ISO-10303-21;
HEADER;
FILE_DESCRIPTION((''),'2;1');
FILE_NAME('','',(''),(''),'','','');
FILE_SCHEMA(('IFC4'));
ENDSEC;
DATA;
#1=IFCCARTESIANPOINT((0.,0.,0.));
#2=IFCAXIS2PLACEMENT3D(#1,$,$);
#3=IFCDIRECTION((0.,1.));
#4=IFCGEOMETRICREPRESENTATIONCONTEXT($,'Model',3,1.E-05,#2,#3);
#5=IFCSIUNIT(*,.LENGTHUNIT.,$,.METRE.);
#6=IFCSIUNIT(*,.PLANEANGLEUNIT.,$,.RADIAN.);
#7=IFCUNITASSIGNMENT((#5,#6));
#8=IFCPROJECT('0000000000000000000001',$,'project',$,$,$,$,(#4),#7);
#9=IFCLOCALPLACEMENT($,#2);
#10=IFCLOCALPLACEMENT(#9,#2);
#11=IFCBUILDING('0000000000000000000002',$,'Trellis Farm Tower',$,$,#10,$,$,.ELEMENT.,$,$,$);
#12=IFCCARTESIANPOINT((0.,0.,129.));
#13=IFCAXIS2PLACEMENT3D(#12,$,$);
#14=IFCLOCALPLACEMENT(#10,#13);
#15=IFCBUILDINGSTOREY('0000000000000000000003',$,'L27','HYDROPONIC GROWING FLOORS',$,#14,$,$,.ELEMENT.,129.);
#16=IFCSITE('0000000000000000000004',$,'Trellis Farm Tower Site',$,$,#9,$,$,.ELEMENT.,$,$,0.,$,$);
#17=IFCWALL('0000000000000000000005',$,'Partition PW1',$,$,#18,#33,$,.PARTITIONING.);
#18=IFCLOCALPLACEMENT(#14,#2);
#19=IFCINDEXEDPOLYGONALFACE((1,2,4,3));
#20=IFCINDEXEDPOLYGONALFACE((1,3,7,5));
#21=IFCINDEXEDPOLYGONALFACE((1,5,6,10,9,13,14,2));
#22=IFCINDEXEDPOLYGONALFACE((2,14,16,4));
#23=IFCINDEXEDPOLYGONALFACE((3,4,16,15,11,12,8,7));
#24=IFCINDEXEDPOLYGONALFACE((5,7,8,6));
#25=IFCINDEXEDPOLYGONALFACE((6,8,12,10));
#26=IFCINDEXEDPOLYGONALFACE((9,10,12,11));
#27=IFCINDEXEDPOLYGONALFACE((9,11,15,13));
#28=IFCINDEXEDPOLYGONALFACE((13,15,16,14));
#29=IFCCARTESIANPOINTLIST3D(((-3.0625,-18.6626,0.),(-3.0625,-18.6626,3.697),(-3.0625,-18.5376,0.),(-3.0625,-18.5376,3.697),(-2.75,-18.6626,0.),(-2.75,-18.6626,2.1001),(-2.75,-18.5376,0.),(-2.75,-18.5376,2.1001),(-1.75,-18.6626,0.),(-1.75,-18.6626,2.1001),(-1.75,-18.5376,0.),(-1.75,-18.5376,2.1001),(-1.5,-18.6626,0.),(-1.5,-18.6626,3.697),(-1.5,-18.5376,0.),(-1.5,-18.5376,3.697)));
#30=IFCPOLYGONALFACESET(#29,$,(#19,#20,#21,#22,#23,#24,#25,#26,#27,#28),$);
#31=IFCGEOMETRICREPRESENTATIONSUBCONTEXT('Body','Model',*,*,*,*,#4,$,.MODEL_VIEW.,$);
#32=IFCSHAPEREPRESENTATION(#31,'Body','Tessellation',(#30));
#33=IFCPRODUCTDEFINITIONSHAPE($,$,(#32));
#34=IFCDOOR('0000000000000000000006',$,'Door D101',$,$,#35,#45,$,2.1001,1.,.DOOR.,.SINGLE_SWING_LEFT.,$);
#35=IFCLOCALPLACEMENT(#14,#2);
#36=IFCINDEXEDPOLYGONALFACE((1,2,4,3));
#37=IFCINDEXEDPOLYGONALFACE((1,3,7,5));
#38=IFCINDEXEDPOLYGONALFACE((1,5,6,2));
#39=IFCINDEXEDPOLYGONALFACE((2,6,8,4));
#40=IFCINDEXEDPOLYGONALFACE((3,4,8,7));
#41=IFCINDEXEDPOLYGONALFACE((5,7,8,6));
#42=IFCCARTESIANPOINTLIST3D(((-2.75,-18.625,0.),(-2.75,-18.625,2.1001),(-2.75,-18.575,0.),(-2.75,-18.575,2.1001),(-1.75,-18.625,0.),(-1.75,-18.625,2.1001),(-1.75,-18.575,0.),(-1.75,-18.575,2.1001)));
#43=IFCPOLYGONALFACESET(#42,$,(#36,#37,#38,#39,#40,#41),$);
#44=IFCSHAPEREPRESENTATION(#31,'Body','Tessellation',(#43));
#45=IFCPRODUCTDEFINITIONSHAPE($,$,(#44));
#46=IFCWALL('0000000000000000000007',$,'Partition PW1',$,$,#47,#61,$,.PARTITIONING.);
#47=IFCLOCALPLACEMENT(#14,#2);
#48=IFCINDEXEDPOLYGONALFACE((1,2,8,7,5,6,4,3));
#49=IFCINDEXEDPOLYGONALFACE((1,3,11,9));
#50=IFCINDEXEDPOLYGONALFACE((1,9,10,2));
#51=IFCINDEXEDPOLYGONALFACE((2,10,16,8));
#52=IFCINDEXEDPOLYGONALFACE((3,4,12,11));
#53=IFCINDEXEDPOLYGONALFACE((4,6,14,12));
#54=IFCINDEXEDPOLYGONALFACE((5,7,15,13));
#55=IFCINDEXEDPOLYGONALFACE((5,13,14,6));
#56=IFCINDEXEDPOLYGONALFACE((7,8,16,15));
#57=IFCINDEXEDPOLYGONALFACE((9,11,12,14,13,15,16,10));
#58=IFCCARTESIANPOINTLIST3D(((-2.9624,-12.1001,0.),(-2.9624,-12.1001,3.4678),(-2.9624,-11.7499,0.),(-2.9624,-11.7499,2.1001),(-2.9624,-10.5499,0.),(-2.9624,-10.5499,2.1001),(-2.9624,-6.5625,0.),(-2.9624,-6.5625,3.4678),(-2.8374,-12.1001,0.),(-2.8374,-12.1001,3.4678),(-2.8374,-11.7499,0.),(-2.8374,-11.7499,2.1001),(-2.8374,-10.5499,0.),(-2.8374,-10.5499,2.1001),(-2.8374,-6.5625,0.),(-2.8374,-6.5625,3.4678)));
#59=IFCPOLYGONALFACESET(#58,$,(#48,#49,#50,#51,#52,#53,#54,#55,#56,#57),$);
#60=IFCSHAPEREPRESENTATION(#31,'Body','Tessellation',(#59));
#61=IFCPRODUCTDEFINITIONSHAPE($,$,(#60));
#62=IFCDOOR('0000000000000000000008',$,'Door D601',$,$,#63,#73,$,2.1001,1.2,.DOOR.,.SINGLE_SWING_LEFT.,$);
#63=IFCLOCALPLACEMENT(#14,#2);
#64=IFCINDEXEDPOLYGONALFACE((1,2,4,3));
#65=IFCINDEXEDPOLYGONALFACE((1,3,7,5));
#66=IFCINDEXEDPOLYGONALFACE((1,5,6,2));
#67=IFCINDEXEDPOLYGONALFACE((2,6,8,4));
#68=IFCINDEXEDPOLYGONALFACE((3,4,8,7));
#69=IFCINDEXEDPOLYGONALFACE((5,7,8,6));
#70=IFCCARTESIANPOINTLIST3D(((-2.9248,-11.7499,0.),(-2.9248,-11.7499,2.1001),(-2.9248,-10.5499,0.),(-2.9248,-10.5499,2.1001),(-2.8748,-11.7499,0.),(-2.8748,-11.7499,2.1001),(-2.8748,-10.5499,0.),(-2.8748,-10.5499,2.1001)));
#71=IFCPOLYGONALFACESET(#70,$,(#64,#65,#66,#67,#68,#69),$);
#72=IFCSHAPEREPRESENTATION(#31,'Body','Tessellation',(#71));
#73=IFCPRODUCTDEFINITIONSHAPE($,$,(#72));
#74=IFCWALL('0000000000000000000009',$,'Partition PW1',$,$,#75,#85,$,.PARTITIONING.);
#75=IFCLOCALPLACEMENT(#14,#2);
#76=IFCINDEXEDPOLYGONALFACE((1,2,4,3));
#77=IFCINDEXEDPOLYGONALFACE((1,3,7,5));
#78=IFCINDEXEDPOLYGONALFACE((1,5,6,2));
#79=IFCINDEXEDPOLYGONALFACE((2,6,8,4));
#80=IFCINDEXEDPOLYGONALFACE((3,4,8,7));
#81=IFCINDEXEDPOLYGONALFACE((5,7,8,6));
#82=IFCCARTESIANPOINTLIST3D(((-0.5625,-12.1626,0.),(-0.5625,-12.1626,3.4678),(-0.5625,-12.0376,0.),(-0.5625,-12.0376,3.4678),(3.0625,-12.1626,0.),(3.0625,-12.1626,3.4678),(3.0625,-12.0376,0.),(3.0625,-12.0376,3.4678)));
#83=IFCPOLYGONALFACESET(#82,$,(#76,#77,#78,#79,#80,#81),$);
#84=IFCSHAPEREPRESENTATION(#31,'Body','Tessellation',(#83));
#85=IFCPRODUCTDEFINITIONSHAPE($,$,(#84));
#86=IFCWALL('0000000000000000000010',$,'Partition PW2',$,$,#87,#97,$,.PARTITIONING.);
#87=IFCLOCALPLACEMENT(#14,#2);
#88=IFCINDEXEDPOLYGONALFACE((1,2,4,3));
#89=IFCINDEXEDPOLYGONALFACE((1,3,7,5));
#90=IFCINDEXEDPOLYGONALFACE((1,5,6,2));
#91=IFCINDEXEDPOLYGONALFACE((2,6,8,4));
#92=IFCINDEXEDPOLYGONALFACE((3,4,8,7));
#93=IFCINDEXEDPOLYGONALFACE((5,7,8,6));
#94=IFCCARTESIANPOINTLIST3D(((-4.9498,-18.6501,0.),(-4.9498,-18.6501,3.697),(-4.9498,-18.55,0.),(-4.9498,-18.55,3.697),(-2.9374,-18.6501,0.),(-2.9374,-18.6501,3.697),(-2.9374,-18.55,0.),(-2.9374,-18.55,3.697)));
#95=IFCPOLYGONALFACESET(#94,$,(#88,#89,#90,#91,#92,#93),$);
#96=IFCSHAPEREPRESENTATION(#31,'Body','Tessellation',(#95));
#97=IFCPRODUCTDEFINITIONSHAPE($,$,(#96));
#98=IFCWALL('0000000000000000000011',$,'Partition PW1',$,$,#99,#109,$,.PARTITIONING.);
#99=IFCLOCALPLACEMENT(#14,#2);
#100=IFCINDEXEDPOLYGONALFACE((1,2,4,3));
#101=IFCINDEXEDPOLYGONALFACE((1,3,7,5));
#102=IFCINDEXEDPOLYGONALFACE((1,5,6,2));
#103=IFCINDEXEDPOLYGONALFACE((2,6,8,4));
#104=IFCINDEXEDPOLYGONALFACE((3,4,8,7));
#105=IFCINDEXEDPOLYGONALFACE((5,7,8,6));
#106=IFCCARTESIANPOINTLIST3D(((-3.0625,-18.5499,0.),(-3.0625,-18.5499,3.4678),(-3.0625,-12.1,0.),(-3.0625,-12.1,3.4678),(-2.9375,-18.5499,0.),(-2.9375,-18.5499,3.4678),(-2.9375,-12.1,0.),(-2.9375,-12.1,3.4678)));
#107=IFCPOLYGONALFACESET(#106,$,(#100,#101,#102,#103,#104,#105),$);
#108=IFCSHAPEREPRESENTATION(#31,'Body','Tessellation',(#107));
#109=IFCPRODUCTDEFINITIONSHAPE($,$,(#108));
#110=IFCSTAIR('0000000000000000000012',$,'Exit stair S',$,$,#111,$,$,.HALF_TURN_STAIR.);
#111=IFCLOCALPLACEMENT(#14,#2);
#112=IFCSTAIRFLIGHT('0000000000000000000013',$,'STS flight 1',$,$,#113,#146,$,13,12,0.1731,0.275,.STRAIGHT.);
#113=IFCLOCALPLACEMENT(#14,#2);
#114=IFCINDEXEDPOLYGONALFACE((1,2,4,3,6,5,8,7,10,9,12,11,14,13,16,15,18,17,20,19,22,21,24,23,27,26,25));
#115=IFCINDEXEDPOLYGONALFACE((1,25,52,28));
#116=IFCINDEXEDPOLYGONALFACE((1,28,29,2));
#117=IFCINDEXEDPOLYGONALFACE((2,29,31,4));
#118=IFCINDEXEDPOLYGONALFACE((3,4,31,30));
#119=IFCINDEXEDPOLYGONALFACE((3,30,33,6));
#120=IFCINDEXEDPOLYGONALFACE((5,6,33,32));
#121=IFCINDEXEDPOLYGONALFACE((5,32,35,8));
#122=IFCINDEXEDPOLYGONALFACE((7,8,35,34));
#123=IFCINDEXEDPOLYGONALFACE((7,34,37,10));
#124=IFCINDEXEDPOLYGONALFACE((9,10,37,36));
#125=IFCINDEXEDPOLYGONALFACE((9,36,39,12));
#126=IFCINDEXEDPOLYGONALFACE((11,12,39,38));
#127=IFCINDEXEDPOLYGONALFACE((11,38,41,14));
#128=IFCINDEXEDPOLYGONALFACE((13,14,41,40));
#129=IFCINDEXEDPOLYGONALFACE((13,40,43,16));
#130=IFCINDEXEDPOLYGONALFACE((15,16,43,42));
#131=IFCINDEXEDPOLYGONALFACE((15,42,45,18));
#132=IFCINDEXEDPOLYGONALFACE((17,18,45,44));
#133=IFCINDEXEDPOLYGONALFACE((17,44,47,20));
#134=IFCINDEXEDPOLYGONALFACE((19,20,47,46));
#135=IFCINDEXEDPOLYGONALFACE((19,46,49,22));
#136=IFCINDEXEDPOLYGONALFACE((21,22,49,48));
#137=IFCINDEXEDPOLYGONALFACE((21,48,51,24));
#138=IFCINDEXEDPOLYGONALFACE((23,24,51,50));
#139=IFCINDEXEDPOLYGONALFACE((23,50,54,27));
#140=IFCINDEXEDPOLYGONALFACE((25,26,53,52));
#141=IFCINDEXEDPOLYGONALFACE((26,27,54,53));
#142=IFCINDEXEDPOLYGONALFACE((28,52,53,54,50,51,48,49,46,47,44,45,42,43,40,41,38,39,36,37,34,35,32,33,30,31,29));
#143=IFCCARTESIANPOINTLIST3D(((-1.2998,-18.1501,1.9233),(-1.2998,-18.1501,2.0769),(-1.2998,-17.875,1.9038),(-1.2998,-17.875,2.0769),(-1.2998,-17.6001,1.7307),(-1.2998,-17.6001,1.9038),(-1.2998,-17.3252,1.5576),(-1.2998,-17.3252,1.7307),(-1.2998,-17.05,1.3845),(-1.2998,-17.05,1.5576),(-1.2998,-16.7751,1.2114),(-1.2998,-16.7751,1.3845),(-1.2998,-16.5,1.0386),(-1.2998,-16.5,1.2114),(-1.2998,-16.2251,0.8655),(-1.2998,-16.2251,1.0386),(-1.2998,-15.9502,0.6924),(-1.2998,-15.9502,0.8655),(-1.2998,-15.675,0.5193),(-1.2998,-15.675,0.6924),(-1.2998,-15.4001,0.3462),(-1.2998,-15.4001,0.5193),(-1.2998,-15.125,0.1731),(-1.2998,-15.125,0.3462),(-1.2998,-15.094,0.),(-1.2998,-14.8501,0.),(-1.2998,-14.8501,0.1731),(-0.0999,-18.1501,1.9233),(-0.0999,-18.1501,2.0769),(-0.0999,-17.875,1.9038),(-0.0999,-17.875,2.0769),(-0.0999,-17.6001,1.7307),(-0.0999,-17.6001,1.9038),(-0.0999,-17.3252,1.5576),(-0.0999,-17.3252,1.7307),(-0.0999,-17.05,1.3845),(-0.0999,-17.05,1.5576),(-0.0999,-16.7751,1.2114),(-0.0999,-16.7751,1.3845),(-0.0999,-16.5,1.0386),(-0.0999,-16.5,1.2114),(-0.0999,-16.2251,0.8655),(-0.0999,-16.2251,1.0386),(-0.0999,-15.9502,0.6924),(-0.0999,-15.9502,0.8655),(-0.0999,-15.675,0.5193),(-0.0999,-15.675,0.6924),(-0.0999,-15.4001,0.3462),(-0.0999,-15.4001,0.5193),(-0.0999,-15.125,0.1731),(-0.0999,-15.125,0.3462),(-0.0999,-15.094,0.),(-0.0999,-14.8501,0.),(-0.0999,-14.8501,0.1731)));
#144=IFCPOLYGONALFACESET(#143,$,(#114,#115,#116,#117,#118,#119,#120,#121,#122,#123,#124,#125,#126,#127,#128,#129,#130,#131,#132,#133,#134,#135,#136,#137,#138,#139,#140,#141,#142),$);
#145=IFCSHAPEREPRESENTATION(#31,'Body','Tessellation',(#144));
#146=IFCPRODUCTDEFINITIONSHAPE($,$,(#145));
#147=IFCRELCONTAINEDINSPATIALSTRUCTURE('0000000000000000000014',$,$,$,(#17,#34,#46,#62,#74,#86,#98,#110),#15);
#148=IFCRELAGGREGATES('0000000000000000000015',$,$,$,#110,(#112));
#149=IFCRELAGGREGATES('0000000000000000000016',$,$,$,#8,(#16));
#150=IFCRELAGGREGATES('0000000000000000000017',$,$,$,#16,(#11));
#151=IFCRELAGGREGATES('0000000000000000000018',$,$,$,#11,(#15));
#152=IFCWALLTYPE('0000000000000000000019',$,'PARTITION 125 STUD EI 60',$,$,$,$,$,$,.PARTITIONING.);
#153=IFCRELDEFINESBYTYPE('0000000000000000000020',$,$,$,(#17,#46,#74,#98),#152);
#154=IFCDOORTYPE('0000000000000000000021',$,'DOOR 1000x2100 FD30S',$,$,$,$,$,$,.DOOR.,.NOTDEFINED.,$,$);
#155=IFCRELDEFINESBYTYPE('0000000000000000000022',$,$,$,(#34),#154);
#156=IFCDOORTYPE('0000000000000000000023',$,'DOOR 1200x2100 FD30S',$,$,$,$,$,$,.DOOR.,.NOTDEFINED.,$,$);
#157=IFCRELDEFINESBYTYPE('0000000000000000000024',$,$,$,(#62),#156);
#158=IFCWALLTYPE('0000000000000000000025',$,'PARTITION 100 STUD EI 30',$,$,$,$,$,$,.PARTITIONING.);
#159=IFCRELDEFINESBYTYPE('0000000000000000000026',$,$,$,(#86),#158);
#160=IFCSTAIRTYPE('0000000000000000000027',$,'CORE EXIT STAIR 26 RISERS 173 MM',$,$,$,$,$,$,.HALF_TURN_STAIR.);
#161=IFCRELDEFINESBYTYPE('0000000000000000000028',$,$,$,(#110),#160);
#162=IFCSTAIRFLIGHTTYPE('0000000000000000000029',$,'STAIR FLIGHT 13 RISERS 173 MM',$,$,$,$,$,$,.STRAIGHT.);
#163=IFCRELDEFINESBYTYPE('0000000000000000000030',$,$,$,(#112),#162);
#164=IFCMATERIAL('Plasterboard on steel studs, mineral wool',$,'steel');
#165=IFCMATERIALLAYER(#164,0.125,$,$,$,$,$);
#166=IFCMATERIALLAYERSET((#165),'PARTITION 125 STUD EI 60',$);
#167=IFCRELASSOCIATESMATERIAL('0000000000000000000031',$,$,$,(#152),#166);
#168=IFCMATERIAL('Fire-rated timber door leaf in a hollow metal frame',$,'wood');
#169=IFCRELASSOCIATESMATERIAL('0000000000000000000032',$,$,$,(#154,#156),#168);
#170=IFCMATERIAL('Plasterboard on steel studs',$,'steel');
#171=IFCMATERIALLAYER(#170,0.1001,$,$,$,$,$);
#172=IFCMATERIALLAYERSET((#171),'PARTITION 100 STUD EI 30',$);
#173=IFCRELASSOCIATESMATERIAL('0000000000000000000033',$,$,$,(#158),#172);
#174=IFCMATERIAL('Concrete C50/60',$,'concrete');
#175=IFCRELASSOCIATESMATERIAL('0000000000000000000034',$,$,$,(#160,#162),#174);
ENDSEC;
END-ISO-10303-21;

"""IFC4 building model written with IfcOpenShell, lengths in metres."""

from ifc_helpers import new_model, si_unit, direction, frame, frame_2d, origin, place, context, subcontext, project, spatial, polyline, rectangle, outline, extrude, source, transform, mapped, material, layer, layer_set, type_object, element, fill, aggregate, save


model = new_model("IFC4")

# Units and contexts
model_context = context("Model", 3, precision=1e-05, world=origin(), true_north=direction((0.0, 1.0)))
body_context = subcontext(model_context, "Body", "Model", "MODEL_VIEW")
ifc_project = project(units=[si_unit("LENGTHUNIT", "METRE"), si_unit("PLANEANGLEUNIT", "RADIAN")], contexts=[model_context])

# Site, building, storey
site_placement = place(None, origin())
site = spatial("IfcSite", under=ifc_project, at=site_placement, Name="Trellis Farm Tower Site", CompositionType="ELEMENT", RefElevation=0.0)
building_placement = place(site_placement, origin())
building = spatial("IfcBuilding", under=site, at=building_placement, Name="Trellis Farm Tower", CompositionType="ELEMENT")
storey_placement = place(building_placement, frame((0.0, 0.0, 129.0)))
storey = spatial("IfcBuildingStorey", under=building, at=storey_placement, Name="L27", Description="HYDROPONIC GROWING FLOORS", CompositionType="ELEMENT", Elevation=129.0)

# Shared definitions
placement = place(storey_placement, origin())

# Walls, openings, doors
ifc_material_1 = material(Name="Plasterboard on steel studs, mineral wool", Category="steel")
ifc_layer_1 = layer(ifc_material_1, 0.125)
ifc_layer_set_1 = layer_set([ifc_layer_1], Name="PARTITION 125 STUD EI 60")
wall_type_1 = type_object("IfcWallType", Name="PARTITION 125 STUD EI 60", PredefinedType="PARTITIONING", material=ifc_layer_set_1)
ifc_material_2 = material(Name="Fire-rated timber door leaf in a hollow metal frame", Category="wood")
shared_shape_1 = source(origin(), body_context, "Body", "SweptSolid", [
    extrude(rectangle(XDim=1.5625, YDim=0.125, at=frame_2d((0.7812, 0.0))), origin(), (0.0, 0.0, 1.0), 3.697),
])
wall_1_placement = place(storey_placement, frame((-1.5, -18.6001, 0.0), z_axis=(0.0, 0.0, 1.0), x_axis=(-1.0, 0.0, 0.0)))
wall_1 = element("IfcWall", 1, at=wall_1_placement, inside=storey, type_object=wall_type_1, Name="Partition PW1", PredefinedType="PARTITIONING", context=body_context, shape_type="MappedRepresentation", body=[
    mapped(shared_shape_1, transform((0.0, 0.0, 0.0))),
])
shared_shape_2 = source(origin(), body_context, "Body", "SweptSolid", [
    extrude(rectangle(XDim=1.0, YDim=2.1001, at=frame_2d((0.5, 1.05))), frame((0.0, 0.0725, 0.0), z_axis=(0.0, -1.0, 0.0), x_axis=(1.0, 0.0, 0.0)), (0.0, 0.0, 1.0), 0.145),
])
opening_1_placement = place(wall_1_placement, frame((0.25, 0.0, 0.0)))
opening_1 = element("IfcOpeningElement", 2, at=opening_1_placement, cuts=wall_1, PredefinedType="OPENING", context=body_context, shape_type="MappedRepresentation", body=[
    mapped(shared_shape_2, transform((0.0, 0.0, 0.0))),
])
door_type_1 = type_object("IfcDoorType", Name="DOOR 1000x2100 FD30S", OperationType="NOTDEFINED", PredefinedType="DOOR", material=ifc_material_2)
shared_shape_3 = source(origin(), body_context, "Body", "SweptSolid", [
    extrude(rectangle(XDim=1.0, YDim=2.1001, at=frame_2d((0.5, 1.05))), frame((0.0, 0.0249, 0.0), z_axis=(0.0, -1.0, 0.0), x_axis=(1.0, 0.0, 0.0)), (0.0, 0.0, 1.0), 0.05),
])
door_1_placement = place(opening_1_placement, origin())
door_1 = element("IfcDoor", 3, at=door_1_placement, inside=storey, type_object=door_type_1, Name="Door D101", OperationType="SINGLE_SWING_LEFT", OverallHeight=2.1001, OverallWidth=1.0, PredefinedType="DOOR", context=body_context, shape_type="MappedRepresentation", body=[
    mapped(shared_shape_3, transform((0.0, 0.0, 0.0))),
])
fill(opening_1, door_1)
shared_shape_4 = source(origin(), body_context, "Body", "SweptSolid", [
    extrude(rectangle(XDim=5.5376, YDim=0.125, at=frame_2d((2.7688, 0.0))), origin(), (0.0, 0.0, 1.0), 3.4678),
])
wall_2_placement = place(storey_placement, frame((-2.8999, -12.1001, 0.0), z_axis=(0.0, 0.0, 1.0), x_axis=(0.0, 1.0, 0.0)))
wall_2 = element("IfcWall", 4, at=wall_2_placement, inside=storey, type_object=wall_type_1, Name="Partition PW1", PredefinedType="PARTITIONING", context=body_context, shape_type="MappedRepresentation", body=[
    mapped(shared_shape_4, transform((0.0, 0.0, 0.0))),
])
shared_shape_5 = source(origin(), body_context, "Body", "SweptSolid", [
    extrude(rectangle(XDim=1.2, YDim=2.1001, at=frame_2d((0.6001, 1.05))), frame((0.0, 0.0725, 0.0), z_axis=(0.0, -1.0, 0.0), x_axis=(1.0, 0.0, 0.0)), (0.0, 0.0, 1.0), 0.145),
])
opening_2_placement = place(wall_2_placement, frame((0.3501, 0.0, 0.0)))
opening_2 = element("IfcOpeningElement", 5, at=opening_2_placement, cuts=wall_2, PredefinedType="OPENING", context=body_context, shape_type="MappedRepresentation", body=[
    mapped(shared_shape_5, transform((0.0, 0.0, 0.0))),
])
door_type_2 = type_object("IfcDoorType", Name="DOOR 1200x2100 FD30S", OperationType="NOTDEFINED", PredefinedType="DOOR", material=ifc_material_2)
shared_shape_6 = source(origin(), body_context, "Body", "SweptSolid", [
    extrude(rectangle(XDim=1.2, YDim=2.1001, at=frame_2d((0.6001, 1.05))), frame((0.0, 0.0249, 0.0), z_axis=(0.0, -1.0, 0.0), x_axis=(1.0, 0.0, 0.0)), (0.0, 0.0, 1.0), 0.05),
])
door_2_placement = place(opening_2_placement, origin())
door_2 = element("IfcDoor", 6, at=door_2_placement, inside=storey, type_object=door_type_2, Name="Door D601", OperationType="SINGLE_SWING_LEFT", OverallHeight=2.1001, OverallWidth=1.2, PredefinedType="DOOR", context=body_context, shape_type="MappedRepresentation", body=[
    mapped(shared_shape_6, transform((0.0, 0.0, 0.0))),
])
fill(opening_2, door_2)

# Walls
shared_shape_7 = source(origin(), body_context, "Body", "SweptSolid", [
    extrude(rectangle(XDim=3.625, YDim=0.125, at=frame_2d((1.8125, 0.0))), origin(), (0.0, 0.0, 1.0), 3.4678),
])
wall_3_placement = place(storey_placement, frame((-0.5625, -12.1001, 0.0), z_axis=(0.0, 0.0, 1.0), x_axis=(1.0, 0.0, 0.0)))
element("IfcWall", 7, at=wall_3_placement, inside=storey, type_object=wall_type_1, Name="Partition PW1", PredefinedType="PARTITIONING", context=body_context, shape_type="MappedRepresentation", body=[
    mapped(shared_shape_7, transform((0.0, 0.0, 0.0))),
])
ifc_material_3 = material(Name="Plasterboard on steel studs", Category="steel")
ifc_layer_2 = layer(ifc_material_3, 0.1001)
ifc_layer_set_2 = layer_set([ifc_layer_2], Name="PARTITION 100 STUD EI 30")
wall_type_2 = type_object("IfcWallType", Name="PARTITION 100 STUD EI 30", PredefinedType="PARTITIONING", material=ifc_layer_set_2)
shared_shape_8 = source(origin(), body_context, "Body", "SweptSolid", [
    extrude(rectangle(XDim=2.0125, YDim=0.1001, at=frame_2d((1.0063, 0.0))), origin(), (0.0, 0.0, 1.0), 3.697),
])
wall_4_placement = place(storey_placement, frame((-4.95, -18.6001, 0.0), z_axis=(0.0, 0.0, 1.0), x_axis=(1.0, 0.0, 0.0)))
element("IfcWall", 8, at=wall_4_placement, inside=storey, type_object=wall_type_2, Name="Partition PW2", PredefinedType="PARTITIONING", context=body_context, shape_type="MappedRepresentation", body=[
    mapped(shared_shape_8, transform((0.0, 0.0, 0.0))),
])
shared_shape_9 = source(origin(), body_context, "Body", "SweptSolid", [
    extrude(rectangle(XDim=6.45, YDim=0.125, at=frame_2d((3.2251, 0.0))), origin(), (0.0, 0.0, 1.0), 3.4678),
])
wall_5_placement = place(storey_placement, frame((-3.0, -18.55, 0.0), z_axis=(0.0, 0.0, 1.0), x_axis=(0.0, 1.0, 0.0)))
element("IfcWall", 9, at=wall_5_placement, inside=storey, type_object=wall_type_1, Name="Partition PW1", PredefinedType="PARTITIONING", context=body_context, shape_type="MappedRepresentation", body=[
    mapped(shared_shape_9, transform((0.0, 0.0, 0.0))),
])

# Stair, stair flight
ifc_material_4 = material(Name="Concrete C50/60", Category="concrete")
stair_type = type_object("IfcStairType", Name="CORE EXIT STAIR 26 RISERS 173 MM", PredefinedType="HALF_TURN_STAIR", material=ifc_material_4)
stair = element("IfcStair", 10, at=placement, inside=storey, type_object=stair_type, Name="Exit stair S", PredefinedType="HALF_TURN_STAIR")
stair_flight_type = type_object("IfcStairFlightType", Name="STAIR FLIGHT 13 RISERS 173 MM", PredefinedType="STRAIGHT", material=ifc_material_4)
shared_shape_10 = source(origin(), body_context, "Body", "SweptSolid", [
    extrude(outline(polyline([(0.0, 0.0), (0.0, 0.1731), (0.2749, 0.1731), (0.2749, 0.3462), (0.55, 0.3462), (0.55, 0.5193), (0.825, 0.5193), (0.825, 0.6924), (1.1001, 0.6924), (1.1001, 0.8655), (1.375, 0.8655), (1.375, 1.0386), (1.6499, 1.0386), (1.6499, 1.2114), (1.925, 1.2114), (1.925, 1.3845), (2.2, 1.3845), (2.2, 1.5576), (2.4751, 1.5576), (2.4751, 1.7307), (2.75, 1.7307), (2.75, 1.9038), (3.0249, 1.9038), (3.0249, 2.0769), (3.3, 2.0769), (3.3, 2.25), (3.3, 1.9233), (0.2439, 0.0), (0.0, 0.0)])), frame((0.0, 0.6001, 0.0), z_axis=(0.0, -1.0, 0.0), x_axis=(1.0, 0.0, 0.0)), (0.0, 0.0, 1.0), 1.2),
])
stair_flight_placement = place(storey_placement, frame((-0.7, -14.8501, 0.0), z_axis=(0.0, 0.0, 1.0), x_axis=(0.0, -1.0, 0.0)))
stair_flight = element("IfcStairFlight", 11, at=stair_flight_placement, type_object=stair_flight_type, Name="STS flight 1", NumberOfRisers=13, NumberOfTreads=12, PredefinedType="STRAIGHT", RiserHeight=0.1731, TreadLength=0.275, context=body_context, shape_type="MappedRepresentation", body=[
    mapped(shared_shape_10, transform((0.0, 0.0, 0.0))),
])
aggregate(stair, [stair_flight])

save(model, "model.ifc")
